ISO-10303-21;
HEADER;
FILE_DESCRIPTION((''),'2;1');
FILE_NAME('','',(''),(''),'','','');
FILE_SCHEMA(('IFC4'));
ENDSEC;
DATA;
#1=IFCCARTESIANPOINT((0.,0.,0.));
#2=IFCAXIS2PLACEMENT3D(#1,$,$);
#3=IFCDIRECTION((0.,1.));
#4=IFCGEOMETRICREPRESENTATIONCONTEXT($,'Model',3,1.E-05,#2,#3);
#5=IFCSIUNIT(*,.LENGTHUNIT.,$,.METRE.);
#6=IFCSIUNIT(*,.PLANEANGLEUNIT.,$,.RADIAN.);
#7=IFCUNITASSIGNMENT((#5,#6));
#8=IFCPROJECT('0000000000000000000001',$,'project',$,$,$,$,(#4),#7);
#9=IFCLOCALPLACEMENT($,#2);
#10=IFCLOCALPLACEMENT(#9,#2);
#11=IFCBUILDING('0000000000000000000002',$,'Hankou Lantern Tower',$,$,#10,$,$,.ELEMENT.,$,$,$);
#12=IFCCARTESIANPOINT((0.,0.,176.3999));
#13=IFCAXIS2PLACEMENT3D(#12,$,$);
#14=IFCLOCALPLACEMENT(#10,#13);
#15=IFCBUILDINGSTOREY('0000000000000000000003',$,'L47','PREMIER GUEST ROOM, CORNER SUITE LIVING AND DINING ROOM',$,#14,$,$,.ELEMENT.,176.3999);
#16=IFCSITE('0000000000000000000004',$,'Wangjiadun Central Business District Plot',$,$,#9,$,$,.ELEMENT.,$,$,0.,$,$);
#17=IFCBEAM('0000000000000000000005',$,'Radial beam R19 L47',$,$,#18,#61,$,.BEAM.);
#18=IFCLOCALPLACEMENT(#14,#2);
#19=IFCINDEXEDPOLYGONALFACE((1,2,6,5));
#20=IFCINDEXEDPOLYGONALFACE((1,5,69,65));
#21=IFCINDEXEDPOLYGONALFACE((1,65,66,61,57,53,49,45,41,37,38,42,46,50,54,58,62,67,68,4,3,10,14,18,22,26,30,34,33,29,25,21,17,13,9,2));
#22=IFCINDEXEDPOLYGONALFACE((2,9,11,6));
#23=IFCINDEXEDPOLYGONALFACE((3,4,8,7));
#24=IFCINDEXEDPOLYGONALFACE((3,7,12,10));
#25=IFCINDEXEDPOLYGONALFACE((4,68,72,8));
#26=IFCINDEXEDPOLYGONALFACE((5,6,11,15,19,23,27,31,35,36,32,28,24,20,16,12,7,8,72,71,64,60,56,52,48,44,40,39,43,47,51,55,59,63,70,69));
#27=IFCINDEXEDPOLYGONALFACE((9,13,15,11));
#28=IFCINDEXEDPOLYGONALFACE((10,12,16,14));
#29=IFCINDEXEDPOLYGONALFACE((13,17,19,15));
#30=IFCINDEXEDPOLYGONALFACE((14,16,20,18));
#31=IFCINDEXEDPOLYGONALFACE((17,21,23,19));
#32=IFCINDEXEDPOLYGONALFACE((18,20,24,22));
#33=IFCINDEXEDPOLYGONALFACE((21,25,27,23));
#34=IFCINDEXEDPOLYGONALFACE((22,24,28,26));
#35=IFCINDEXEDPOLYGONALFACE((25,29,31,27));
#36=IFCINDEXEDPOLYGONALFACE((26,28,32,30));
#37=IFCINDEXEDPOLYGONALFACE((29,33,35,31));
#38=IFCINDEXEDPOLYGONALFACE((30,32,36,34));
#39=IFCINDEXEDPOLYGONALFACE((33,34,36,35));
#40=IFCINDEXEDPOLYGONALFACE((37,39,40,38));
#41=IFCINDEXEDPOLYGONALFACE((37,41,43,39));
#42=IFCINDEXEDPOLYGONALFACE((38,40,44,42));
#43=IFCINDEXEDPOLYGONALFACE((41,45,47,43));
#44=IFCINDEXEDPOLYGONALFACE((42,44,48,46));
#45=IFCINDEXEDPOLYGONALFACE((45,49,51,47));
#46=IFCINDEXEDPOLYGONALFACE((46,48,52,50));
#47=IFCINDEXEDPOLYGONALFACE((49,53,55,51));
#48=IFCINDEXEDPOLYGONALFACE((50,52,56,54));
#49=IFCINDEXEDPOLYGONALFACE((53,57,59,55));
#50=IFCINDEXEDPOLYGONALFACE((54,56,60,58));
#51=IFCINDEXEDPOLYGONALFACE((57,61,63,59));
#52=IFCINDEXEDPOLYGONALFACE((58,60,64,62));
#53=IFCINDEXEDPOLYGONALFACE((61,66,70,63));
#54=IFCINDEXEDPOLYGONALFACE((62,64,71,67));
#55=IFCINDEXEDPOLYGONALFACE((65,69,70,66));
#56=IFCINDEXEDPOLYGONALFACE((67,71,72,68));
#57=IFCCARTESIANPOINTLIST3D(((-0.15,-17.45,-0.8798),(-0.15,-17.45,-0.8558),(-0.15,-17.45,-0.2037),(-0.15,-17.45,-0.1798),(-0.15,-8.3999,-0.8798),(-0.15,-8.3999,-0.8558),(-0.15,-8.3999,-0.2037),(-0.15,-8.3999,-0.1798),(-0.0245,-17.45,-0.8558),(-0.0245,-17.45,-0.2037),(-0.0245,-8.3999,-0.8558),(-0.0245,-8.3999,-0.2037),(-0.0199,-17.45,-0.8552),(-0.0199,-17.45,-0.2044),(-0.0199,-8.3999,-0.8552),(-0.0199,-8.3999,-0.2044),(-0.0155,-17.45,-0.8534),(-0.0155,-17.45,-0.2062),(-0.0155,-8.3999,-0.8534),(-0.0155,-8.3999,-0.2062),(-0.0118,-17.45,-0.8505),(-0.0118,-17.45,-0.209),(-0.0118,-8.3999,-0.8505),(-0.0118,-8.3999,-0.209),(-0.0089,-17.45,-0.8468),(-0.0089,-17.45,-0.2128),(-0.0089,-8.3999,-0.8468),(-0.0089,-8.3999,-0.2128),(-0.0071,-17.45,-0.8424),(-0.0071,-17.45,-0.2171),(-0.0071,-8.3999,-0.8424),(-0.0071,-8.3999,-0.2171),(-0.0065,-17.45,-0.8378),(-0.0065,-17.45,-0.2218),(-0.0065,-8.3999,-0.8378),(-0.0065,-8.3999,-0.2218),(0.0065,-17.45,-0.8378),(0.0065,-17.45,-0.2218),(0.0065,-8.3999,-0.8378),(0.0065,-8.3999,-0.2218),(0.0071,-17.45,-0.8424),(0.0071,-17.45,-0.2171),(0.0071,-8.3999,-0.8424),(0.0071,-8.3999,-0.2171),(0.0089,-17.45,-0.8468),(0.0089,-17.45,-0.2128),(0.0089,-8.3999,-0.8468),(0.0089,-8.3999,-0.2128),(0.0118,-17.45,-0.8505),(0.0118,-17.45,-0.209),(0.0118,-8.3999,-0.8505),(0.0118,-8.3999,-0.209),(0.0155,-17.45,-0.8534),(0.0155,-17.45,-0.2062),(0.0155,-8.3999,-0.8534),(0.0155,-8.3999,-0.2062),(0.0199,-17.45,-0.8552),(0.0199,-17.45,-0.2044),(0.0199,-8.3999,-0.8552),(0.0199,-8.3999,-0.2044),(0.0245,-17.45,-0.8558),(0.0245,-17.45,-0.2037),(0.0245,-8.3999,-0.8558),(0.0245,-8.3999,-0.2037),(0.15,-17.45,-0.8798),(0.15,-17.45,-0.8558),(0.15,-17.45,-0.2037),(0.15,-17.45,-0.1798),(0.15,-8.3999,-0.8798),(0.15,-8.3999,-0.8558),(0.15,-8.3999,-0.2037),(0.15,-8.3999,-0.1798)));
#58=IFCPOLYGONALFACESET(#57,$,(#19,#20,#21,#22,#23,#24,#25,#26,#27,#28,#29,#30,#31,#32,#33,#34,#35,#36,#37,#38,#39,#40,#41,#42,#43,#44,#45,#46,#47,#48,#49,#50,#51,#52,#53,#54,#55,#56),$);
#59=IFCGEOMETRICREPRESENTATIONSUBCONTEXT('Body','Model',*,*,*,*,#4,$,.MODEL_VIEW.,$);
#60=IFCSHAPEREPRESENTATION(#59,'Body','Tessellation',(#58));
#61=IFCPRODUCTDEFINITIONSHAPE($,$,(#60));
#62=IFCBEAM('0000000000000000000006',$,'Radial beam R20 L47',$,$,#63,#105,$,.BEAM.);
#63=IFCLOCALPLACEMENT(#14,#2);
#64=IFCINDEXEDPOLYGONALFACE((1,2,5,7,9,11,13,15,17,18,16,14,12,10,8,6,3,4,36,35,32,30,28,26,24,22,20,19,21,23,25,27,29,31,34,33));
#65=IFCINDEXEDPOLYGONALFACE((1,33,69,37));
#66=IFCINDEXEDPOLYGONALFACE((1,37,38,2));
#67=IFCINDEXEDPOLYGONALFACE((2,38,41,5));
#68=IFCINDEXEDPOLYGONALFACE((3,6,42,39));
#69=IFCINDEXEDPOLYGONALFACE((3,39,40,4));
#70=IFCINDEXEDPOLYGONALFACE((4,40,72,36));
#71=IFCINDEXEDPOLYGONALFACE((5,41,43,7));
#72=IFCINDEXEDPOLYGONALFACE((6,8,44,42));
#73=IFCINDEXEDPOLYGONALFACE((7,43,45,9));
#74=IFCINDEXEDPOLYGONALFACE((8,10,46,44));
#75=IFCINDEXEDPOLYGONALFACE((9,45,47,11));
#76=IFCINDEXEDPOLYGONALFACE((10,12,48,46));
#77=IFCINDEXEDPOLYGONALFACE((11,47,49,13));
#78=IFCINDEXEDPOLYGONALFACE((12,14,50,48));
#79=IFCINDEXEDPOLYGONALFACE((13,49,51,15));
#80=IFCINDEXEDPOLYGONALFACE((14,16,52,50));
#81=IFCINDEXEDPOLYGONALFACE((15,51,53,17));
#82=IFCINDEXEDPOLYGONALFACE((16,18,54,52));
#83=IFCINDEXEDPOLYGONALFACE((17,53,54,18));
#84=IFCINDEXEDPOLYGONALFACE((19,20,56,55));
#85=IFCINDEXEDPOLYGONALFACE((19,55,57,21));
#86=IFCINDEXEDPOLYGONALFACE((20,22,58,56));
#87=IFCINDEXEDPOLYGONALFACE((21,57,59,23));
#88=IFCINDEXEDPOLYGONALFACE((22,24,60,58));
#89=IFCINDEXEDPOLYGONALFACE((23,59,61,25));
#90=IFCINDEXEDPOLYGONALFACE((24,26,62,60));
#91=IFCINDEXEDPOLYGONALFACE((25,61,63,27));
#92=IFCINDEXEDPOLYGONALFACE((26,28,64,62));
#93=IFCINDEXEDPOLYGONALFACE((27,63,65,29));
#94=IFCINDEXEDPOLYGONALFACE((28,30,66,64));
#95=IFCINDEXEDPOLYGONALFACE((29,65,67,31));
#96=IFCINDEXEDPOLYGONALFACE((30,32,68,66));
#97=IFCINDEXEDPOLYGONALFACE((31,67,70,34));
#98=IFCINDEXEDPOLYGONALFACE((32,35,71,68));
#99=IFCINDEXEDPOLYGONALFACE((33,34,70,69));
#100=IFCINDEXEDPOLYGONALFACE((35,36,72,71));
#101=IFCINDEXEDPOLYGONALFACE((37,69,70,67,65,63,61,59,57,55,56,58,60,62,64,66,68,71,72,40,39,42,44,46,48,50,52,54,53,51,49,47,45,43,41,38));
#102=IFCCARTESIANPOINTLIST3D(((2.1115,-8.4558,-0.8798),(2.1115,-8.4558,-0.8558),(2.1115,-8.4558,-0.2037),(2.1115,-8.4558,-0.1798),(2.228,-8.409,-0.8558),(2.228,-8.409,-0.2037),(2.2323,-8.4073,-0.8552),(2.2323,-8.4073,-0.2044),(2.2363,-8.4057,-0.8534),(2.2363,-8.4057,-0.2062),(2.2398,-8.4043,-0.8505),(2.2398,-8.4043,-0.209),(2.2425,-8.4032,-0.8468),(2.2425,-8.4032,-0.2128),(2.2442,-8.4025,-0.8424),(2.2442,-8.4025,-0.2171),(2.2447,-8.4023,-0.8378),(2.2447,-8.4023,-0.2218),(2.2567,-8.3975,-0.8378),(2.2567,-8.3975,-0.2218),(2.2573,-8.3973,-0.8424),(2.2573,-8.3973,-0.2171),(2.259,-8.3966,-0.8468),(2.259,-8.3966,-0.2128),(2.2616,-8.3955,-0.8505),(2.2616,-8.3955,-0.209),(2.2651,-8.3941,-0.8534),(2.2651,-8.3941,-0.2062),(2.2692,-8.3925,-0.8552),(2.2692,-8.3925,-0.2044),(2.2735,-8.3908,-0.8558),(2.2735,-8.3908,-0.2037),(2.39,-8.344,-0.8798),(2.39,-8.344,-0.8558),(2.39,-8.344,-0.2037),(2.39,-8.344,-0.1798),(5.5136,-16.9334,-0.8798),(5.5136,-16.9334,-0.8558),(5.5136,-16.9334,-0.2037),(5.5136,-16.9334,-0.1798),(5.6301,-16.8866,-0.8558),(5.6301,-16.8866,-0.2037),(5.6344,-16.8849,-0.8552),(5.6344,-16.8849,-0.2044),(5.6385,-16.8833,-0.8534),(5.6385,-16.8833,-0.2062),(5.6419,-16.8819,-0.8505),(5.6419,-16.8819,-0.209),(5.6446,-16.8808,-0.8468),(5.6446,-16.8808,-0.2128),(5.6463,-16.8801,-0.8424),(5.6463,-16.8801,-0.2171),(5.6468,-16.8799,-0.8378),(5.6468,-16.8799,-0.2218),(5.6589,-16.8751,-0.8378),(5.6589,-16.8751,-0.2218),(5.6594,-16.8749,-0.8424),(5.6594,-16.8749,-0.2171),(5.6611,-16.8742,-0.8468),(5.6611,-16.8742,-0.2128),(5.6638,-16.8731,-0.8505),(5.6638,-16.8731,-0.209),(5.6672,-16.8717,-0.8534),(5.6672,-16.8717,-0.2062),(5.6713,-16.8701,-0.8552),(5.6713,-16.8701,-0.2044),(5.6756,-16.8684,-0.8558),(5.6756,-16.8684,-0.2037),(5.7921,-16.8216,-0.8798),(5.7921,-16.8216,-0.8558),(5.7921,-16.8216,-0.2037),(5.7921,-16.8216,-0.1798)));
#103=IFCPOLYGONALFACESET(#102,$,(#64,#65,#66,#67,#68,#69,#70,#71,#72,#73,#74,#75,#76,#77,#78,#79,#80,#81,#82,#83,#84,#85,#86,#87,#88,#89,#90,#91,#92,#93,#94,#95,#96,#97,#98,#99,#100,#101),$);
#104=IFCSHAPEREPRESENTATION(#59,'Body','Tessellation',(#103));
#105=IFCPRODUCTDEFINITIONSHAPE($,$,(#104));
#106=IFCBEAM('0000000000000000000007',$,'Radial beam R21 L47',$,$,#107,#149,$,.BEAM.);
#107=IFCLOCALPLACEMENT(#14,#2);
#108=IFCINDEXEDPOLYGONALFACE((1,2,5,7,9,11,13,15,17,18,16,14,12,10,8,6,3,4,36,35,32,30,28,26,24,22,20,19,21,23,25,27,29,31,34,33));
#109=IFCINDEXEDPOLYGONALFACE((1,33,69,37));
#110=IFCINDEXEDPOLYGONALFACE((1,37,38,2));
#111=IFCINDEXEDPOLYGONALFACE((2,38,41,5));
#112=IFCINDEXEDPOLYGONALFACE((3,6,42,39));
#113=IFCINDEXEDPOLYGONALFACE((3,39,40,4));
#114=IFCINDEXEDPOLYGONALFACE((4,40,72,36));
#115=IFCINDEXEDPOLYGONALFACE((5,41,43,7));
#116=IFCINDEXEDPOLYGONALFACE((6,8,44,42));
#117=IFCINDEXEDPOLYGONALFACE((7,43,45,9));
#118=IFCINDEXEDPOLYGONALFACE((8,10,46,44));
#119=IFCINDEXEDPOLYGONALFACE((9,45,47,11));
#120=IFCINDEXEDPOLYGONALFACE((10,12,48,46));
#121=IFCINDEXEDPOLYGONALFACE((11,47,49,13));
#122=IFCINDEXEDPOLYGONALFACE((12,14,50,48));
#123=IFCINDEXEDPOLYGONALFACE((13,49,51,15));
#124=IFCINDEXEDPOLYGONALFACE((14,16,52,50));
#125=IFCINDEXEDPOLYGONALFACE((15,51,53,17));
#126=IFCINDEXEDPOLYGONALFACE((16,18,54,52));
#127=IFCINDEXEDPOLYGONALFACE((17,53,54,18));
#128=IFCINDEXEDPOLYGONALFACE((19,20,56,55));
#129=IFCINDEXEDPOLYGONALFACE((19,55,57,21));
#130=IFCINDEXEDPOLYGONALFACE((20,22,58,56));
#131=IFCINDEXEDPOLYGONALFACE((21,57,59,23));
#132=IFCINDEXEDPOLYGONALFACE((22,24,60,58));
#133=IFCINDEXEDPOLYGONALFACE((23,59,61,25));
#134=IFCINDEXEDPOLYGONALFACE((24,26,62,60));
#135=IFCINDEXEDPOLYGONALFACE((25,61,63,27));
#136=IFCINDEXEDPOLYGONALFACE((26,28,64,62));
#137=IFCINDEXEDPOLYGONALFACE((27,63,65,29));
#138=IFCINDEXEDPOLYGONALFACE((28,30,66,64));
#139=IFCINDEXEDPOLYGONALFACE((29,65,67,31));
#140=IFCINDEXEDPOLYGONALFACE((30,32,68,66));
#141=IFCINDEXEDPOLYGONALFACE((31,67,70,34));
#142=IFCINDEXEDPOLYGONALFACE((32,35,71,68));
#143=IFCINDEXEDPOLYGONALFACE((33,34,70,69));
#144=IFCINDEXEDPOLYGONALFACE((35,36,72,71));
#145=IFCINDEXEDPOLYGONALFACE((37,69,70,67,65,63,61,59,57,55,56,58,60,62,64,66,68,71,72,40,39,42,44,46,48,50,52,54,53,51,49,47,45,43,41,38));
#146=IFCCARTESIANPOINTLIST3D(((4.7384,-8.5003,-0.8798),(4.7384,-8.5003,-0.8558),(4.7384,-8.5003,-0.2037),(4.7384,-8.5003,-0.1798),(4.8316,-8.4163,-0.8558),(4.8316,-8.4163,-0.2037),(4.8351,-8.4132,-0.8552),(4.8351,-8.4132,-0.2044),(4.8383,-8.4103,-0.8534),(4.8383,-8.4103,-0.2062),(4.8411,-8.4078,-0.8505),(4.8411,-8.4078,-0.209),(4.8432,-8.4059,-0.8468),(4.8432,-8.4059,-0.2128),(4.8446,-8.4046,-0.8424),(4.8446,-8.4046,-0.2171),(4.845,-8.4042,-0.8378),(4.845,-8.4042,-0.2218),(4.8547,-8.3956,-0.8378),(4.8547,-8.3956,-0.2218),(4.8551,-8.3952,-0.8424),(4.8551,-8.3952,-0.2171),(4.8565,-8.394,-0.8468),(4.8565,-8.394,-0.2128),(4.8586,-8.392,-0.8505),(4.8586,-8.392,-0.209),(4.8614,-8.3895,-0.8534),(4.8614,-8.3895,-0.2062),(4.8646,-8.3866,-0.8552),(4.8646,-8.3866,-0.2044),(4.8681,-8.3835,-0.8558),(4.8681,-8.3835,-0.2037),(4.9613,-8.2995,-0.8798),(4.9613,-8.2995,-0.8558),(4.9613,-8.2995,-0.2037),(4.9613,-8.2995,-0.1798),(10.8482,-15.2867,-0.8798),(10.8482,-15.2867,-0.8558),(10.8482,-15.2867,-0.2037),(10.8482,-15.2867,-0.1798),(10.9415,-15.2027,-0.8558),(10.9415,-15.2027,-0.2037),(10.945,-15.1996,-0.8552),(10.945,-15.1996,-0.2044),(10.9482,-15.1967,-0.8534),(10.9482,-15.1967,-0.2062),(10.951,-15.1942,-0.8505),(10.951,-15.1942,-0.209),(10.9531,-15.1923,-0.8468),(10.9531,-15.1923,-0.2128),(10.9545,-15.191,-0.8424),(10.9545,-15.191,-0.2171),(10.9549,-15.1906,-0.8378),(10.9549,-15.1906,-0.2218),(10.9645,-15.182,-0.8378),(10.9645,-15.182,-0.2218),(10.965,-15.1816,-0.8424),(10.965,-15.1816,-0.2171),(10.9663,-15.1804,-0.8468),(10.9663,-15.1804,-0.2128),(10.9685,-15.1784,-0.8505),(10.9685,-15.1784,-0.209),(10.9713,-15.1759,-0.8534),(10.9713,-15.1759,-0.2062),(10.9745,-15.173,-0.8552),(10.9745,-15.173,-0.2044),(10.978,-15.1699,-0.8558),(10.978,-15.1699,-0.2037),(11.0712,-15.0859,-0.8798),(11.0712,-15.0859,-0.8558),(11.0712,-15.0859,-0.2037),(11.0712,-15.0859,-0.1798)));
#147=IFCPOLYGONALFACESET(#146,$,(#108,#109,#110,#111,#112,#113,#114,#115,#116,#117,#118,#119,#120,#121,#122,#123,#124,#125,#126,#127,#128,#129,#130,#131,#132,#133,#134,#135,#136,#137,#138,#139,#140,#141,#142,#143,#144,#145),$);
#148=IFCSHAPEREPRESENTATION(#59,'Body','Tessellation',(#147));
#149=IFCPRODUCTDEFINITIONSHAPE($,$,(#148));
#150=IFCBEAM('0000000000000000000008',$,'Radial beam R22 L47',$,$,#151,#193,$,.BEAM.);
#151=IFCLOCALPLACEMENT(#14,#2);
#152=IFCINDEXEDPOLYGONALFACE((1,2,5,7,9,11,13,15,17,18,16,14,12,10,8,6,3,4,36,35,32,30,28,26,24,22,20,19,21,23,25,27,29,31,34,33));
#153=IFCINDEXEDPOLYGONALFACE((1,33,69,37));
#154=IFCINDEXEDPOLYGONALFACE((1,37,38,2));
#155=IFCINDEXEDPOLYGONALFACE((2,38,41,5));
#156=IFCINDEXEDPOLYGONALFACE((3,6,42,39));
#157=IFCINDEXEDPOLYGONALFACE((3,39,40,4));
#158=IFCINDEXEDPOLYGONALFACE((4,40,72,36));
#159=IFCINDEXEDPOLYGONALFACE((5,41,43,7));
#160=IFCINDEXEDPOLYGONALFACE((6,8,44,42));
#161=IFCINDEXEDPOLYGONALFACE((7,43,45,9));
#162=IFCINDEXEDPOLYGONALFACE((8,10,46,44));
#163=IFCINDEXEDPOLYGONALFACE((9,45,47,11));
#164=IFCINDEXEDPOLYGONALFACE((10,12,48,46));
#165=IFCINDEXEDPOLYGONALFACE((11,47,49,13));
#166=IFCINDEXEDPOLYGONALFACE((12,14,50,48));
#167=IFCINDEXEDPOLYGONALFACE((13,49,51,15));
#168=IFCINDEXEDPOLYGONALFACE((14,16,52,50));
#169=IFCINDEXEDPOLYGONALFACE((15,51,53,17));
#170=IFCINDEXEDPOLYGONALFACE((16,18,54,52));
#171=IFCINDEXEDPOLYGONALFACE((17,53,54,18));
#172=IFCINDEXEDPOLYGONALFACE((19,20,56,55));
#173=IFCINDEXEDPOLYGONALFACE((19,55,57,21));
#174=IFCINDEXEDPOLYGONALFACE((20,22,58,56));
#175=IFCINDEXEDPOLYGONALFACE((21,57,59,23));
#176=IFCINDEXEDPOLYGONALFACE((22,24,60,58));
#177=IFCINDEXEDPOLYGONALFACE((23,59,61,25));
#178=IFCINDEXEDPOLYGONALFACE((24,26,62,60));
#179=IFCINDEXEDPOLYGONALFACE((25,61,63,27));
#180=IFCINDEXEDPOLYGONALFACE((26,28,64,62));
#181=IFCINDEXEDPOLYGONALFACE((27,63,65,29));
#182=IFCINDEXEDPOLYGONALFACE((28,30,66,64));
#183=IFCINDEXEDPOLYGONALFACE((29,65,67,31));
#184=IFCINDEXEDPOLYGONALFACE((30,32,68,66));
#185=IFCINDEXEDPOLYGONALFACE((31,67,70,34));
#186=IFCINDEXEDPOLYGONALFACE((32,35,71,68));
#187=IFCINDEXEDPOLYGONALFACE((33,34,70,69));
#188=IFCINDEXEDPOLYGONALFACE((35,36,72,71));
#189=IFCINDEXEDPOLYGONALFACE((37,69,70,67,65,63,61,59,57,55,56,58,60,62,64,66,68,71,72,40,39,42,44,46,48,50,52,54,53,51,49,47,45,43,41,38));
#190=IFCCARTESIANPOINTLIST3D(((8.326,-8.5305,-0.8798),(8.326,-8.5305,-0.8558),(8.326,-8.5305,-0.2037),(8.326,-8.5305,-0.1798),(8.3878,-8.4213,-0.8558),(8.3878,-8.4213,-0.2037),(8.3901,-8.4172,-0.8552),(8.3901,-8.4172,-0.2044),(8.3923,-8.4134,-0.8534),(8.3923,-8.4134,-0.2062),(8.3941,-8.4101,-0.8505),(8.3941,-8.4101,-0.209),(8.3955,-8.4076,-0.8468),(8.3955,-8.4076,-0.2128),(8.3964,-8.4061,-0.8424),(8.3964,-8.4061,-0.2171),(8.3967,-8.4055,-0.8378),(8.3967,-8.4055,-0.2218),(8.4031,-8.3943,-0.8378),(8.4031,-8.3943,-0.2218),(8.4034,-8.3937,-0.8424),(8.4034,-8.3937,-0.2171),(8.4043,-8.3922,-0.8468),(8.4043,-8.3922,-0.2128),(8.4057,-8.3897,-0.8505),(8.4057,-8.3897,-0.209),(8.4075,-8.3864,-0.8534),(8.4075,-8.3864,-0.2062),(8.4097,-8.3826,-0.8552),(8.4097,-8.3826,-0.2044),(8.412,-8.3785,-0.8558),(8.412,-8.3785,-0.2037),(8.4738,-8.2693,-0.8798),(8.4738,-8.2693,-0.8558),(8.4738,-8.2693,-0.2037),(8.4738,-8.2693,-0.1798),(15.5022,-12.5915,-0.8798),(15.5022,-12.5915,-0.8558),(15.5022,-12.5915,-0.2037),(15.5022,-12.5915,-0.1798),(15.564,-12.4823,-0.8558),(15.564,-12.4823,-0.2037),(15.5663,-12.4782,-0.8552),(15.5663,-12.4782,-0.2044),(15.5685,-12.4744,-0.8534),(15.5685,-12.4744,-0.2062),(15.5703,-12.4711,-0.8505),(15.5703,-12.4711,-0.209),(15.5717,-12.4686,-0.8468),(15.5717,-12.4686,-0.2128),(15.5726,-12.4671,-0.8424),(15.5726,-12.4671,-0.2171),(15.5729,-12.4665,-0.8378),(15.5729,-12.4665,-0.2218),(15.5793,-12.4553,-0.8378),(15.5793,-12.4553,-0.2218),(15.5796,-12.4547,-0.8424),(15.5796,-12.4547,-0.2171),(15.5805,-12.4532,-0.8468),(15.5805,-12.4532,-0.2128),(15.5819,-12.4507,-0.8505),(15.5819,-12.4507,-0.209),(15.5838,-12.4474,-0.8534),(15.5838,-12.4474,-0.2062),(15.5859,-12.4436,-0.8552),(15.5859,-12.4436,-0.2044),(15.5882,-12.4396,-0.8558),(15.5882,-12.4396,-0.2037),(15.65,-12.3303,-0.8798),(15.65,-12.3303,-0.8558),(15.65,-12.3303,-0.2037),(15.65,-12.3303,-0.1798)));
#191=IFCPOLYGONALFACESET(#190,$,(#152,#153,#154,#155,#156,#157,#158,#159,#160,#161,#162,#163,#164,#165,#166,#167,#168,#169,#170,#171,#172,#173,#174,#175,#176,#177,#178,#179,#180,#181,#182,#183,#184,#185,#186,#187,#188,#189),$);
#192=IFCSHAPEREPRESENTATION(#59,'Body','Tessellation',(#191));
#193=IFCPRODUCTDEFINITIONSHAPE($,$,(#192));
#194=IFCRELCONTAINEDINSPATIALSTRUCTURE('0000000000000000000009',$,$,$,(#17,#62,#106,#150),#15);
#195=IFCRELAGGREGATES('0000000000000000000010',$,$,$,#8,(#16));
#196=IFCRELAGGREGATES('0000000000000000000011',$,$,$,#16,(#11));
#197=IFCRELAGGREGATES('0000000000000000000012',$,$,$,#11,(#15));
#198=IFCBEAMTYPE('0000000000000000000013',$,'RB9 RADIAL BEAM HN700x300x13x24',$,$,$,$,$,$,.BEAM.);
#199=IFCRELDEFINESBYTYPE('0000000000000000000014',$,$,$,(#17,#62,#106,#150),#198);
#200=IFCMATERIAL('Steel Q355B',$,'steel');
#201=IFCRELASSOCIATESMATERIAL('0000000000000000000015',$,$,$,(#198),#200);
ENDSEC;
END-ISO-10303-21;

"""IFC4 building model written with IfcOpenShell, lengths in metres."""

from ifc_helpers import new_model, si_unit, direction, frame, origin, origin_2d, place, context, subcontext, project, spatial, i_section, extrude, material, material_profile, profile_set, type_object, element, save


model = new_model("IFC4")

# Units and contexts
model_context = context("Model", 3, precision=1e-05, world=origin(), true_north=direction((0.0, 1.0)))
body_context = subcontext(model_context, "Body", "Model", "MODEL_VIEW")
ifc_project = project(units=[si_unit("LENGTHUNIT", "METRE"), si_unit("PLANEANGLEUNIT", "RADIAN")], contexts=[model_context])

# Site, building, storey
site_placement = place(None, origin())
site = spatial("IfcSite", under=ifc_project, at=site_placement, Name="Wangjiadun Central Business District Plot", CompositionType="ELEMENT", RefElevation=0.0)
building_placement = place(site_placement, origin())
building = spatial("IfcBuilding", under=site, at=building_placement, Name="Hankou Lantern Tower", CompositionType="ELEMENT")
storey_placement = place(building_placement, frame((0.0, 0.0, 176.3999)))
storey = spatial("IfcBuildingStorey", under=building, at=storey_placement, Name="L47", Description="PREMIER GUEST ROOM, CORNER SUITE LIVING AND DINING ROOM", CompositionType="ELEMENT", Elevation=176.3999)

# Beams
ifc_material_1 = material(Name="Steel Q355B", Category="steel")
ifc_material_profile_1 = material_profile(ifc_material_1, i_section(OverallWidth=0.3, OverallDepth=0.7, WebThickness=0.0129, FlangeThickness=0.0239, FilletRadius=0.0181, at=origin_2d()), Name="HN700x300x13x24")
ifc_profile_set_1 = profile_set([ifc_material_profile_1], Name="Steel Q355B")
beam_type_1 = type_object("IfcBeamType", Name="RB9 RADIAL BEAM HN700x300x13x24", PredefinedType="BEAM", material=ifc_profile_set_1)
beam_1_placement = place(storey_placement, frame((0.0, -8.3999, -0.5298), z_axis=(0.0, -1.0, 0.0), x_axis=(1.0, 0.0, 0.0)))
element("IfcBeam", 1, at=beam_1_placement, inside=storey, type_object=beam_type_1, Name="Radial beam R19 L47", PredefinedType="BEAM", context=body_context, shape_type="SweptSolid", body=[
    extrude(i_section(OverallWidth=0.3, OverallDepth=0.7, WebThickness=0.0129, FlangeThickness=0.0239, FilletRadius=0.0181, at=origin_2d()), origin(), (0.0, 0.0, 1.0), 9.05),
])
beam_2_placement = place(storey_placement, frame((2.2507, -8.3999, -0.5298), z_axis=(0.372436, -0.928058, 0.0), x_axis=(0.928058, 0.372436, 0.0)))
element("IfcBeam", 2, at=beam_2_placement, inside=storey, type_object=beam_type_1, Name="Radial beam R20 L47", PredefinedType="BEAM", context=body_context, shape_type="SweptSolid", body=[
    extrude(i_section(OverallWidth=0.3, OverallDepth=0.7, WebThickness=0.0129, FlangeThickness=0.0239, FilletRadius=0.0181, at=origin_2d()), origin(), (0.0, 0.0, 1.0), 9.1348),
])
beam_3_placement = place(storey_placement, frame((4.8499, -8.3999, -0.5298), z_axis=(0.669093, -0.743178, 0.0), x_axis=(0.743178, 0.669093, 0.0)))
element("IfcBeam", 3, at=beam_3_placement, inside=storey, type_object=beam_type_1, Name="Radial beam R21 L47", PredefinedType="BEAM", context=body_context, shape_type="SweptSolid", body=[
    extrude(i_section(OverallWidth=0.3, OverallDepth=0.7, WebThickness=0.0129, FlangeThickness=0.0239, FilletRadius=0.0181, at=origin_2d()), origin(), (0.0, 0.0, 1.0), 9.1316),
])
beam_4_placement = place(storey_placement, frame((8.3999, -8.3999, -0.5298), z_axis=(0.870309, -0.492506, 0.0), x_axis=(0.492506, 0.870309, 0.0)))
element("IfcBeam", 4, at=beam_4_placement, inside=storey, type_object=beam_type_1, Name="Radial beam R22 L47", PredefinedType="BEAM", context=body_context, shape_type="SweptSolid", body=[
    extrude(i_section(OverallWidth=0.3, OverallDepth=0.7, WebThickness=0.0129, FlangeThickness=0.0239, FilletRadius=0.0181, at=origin_2d()), origin(), (0.0, 0.0, 1.0), 8.2456),
])

save(model, "model.ifc")
